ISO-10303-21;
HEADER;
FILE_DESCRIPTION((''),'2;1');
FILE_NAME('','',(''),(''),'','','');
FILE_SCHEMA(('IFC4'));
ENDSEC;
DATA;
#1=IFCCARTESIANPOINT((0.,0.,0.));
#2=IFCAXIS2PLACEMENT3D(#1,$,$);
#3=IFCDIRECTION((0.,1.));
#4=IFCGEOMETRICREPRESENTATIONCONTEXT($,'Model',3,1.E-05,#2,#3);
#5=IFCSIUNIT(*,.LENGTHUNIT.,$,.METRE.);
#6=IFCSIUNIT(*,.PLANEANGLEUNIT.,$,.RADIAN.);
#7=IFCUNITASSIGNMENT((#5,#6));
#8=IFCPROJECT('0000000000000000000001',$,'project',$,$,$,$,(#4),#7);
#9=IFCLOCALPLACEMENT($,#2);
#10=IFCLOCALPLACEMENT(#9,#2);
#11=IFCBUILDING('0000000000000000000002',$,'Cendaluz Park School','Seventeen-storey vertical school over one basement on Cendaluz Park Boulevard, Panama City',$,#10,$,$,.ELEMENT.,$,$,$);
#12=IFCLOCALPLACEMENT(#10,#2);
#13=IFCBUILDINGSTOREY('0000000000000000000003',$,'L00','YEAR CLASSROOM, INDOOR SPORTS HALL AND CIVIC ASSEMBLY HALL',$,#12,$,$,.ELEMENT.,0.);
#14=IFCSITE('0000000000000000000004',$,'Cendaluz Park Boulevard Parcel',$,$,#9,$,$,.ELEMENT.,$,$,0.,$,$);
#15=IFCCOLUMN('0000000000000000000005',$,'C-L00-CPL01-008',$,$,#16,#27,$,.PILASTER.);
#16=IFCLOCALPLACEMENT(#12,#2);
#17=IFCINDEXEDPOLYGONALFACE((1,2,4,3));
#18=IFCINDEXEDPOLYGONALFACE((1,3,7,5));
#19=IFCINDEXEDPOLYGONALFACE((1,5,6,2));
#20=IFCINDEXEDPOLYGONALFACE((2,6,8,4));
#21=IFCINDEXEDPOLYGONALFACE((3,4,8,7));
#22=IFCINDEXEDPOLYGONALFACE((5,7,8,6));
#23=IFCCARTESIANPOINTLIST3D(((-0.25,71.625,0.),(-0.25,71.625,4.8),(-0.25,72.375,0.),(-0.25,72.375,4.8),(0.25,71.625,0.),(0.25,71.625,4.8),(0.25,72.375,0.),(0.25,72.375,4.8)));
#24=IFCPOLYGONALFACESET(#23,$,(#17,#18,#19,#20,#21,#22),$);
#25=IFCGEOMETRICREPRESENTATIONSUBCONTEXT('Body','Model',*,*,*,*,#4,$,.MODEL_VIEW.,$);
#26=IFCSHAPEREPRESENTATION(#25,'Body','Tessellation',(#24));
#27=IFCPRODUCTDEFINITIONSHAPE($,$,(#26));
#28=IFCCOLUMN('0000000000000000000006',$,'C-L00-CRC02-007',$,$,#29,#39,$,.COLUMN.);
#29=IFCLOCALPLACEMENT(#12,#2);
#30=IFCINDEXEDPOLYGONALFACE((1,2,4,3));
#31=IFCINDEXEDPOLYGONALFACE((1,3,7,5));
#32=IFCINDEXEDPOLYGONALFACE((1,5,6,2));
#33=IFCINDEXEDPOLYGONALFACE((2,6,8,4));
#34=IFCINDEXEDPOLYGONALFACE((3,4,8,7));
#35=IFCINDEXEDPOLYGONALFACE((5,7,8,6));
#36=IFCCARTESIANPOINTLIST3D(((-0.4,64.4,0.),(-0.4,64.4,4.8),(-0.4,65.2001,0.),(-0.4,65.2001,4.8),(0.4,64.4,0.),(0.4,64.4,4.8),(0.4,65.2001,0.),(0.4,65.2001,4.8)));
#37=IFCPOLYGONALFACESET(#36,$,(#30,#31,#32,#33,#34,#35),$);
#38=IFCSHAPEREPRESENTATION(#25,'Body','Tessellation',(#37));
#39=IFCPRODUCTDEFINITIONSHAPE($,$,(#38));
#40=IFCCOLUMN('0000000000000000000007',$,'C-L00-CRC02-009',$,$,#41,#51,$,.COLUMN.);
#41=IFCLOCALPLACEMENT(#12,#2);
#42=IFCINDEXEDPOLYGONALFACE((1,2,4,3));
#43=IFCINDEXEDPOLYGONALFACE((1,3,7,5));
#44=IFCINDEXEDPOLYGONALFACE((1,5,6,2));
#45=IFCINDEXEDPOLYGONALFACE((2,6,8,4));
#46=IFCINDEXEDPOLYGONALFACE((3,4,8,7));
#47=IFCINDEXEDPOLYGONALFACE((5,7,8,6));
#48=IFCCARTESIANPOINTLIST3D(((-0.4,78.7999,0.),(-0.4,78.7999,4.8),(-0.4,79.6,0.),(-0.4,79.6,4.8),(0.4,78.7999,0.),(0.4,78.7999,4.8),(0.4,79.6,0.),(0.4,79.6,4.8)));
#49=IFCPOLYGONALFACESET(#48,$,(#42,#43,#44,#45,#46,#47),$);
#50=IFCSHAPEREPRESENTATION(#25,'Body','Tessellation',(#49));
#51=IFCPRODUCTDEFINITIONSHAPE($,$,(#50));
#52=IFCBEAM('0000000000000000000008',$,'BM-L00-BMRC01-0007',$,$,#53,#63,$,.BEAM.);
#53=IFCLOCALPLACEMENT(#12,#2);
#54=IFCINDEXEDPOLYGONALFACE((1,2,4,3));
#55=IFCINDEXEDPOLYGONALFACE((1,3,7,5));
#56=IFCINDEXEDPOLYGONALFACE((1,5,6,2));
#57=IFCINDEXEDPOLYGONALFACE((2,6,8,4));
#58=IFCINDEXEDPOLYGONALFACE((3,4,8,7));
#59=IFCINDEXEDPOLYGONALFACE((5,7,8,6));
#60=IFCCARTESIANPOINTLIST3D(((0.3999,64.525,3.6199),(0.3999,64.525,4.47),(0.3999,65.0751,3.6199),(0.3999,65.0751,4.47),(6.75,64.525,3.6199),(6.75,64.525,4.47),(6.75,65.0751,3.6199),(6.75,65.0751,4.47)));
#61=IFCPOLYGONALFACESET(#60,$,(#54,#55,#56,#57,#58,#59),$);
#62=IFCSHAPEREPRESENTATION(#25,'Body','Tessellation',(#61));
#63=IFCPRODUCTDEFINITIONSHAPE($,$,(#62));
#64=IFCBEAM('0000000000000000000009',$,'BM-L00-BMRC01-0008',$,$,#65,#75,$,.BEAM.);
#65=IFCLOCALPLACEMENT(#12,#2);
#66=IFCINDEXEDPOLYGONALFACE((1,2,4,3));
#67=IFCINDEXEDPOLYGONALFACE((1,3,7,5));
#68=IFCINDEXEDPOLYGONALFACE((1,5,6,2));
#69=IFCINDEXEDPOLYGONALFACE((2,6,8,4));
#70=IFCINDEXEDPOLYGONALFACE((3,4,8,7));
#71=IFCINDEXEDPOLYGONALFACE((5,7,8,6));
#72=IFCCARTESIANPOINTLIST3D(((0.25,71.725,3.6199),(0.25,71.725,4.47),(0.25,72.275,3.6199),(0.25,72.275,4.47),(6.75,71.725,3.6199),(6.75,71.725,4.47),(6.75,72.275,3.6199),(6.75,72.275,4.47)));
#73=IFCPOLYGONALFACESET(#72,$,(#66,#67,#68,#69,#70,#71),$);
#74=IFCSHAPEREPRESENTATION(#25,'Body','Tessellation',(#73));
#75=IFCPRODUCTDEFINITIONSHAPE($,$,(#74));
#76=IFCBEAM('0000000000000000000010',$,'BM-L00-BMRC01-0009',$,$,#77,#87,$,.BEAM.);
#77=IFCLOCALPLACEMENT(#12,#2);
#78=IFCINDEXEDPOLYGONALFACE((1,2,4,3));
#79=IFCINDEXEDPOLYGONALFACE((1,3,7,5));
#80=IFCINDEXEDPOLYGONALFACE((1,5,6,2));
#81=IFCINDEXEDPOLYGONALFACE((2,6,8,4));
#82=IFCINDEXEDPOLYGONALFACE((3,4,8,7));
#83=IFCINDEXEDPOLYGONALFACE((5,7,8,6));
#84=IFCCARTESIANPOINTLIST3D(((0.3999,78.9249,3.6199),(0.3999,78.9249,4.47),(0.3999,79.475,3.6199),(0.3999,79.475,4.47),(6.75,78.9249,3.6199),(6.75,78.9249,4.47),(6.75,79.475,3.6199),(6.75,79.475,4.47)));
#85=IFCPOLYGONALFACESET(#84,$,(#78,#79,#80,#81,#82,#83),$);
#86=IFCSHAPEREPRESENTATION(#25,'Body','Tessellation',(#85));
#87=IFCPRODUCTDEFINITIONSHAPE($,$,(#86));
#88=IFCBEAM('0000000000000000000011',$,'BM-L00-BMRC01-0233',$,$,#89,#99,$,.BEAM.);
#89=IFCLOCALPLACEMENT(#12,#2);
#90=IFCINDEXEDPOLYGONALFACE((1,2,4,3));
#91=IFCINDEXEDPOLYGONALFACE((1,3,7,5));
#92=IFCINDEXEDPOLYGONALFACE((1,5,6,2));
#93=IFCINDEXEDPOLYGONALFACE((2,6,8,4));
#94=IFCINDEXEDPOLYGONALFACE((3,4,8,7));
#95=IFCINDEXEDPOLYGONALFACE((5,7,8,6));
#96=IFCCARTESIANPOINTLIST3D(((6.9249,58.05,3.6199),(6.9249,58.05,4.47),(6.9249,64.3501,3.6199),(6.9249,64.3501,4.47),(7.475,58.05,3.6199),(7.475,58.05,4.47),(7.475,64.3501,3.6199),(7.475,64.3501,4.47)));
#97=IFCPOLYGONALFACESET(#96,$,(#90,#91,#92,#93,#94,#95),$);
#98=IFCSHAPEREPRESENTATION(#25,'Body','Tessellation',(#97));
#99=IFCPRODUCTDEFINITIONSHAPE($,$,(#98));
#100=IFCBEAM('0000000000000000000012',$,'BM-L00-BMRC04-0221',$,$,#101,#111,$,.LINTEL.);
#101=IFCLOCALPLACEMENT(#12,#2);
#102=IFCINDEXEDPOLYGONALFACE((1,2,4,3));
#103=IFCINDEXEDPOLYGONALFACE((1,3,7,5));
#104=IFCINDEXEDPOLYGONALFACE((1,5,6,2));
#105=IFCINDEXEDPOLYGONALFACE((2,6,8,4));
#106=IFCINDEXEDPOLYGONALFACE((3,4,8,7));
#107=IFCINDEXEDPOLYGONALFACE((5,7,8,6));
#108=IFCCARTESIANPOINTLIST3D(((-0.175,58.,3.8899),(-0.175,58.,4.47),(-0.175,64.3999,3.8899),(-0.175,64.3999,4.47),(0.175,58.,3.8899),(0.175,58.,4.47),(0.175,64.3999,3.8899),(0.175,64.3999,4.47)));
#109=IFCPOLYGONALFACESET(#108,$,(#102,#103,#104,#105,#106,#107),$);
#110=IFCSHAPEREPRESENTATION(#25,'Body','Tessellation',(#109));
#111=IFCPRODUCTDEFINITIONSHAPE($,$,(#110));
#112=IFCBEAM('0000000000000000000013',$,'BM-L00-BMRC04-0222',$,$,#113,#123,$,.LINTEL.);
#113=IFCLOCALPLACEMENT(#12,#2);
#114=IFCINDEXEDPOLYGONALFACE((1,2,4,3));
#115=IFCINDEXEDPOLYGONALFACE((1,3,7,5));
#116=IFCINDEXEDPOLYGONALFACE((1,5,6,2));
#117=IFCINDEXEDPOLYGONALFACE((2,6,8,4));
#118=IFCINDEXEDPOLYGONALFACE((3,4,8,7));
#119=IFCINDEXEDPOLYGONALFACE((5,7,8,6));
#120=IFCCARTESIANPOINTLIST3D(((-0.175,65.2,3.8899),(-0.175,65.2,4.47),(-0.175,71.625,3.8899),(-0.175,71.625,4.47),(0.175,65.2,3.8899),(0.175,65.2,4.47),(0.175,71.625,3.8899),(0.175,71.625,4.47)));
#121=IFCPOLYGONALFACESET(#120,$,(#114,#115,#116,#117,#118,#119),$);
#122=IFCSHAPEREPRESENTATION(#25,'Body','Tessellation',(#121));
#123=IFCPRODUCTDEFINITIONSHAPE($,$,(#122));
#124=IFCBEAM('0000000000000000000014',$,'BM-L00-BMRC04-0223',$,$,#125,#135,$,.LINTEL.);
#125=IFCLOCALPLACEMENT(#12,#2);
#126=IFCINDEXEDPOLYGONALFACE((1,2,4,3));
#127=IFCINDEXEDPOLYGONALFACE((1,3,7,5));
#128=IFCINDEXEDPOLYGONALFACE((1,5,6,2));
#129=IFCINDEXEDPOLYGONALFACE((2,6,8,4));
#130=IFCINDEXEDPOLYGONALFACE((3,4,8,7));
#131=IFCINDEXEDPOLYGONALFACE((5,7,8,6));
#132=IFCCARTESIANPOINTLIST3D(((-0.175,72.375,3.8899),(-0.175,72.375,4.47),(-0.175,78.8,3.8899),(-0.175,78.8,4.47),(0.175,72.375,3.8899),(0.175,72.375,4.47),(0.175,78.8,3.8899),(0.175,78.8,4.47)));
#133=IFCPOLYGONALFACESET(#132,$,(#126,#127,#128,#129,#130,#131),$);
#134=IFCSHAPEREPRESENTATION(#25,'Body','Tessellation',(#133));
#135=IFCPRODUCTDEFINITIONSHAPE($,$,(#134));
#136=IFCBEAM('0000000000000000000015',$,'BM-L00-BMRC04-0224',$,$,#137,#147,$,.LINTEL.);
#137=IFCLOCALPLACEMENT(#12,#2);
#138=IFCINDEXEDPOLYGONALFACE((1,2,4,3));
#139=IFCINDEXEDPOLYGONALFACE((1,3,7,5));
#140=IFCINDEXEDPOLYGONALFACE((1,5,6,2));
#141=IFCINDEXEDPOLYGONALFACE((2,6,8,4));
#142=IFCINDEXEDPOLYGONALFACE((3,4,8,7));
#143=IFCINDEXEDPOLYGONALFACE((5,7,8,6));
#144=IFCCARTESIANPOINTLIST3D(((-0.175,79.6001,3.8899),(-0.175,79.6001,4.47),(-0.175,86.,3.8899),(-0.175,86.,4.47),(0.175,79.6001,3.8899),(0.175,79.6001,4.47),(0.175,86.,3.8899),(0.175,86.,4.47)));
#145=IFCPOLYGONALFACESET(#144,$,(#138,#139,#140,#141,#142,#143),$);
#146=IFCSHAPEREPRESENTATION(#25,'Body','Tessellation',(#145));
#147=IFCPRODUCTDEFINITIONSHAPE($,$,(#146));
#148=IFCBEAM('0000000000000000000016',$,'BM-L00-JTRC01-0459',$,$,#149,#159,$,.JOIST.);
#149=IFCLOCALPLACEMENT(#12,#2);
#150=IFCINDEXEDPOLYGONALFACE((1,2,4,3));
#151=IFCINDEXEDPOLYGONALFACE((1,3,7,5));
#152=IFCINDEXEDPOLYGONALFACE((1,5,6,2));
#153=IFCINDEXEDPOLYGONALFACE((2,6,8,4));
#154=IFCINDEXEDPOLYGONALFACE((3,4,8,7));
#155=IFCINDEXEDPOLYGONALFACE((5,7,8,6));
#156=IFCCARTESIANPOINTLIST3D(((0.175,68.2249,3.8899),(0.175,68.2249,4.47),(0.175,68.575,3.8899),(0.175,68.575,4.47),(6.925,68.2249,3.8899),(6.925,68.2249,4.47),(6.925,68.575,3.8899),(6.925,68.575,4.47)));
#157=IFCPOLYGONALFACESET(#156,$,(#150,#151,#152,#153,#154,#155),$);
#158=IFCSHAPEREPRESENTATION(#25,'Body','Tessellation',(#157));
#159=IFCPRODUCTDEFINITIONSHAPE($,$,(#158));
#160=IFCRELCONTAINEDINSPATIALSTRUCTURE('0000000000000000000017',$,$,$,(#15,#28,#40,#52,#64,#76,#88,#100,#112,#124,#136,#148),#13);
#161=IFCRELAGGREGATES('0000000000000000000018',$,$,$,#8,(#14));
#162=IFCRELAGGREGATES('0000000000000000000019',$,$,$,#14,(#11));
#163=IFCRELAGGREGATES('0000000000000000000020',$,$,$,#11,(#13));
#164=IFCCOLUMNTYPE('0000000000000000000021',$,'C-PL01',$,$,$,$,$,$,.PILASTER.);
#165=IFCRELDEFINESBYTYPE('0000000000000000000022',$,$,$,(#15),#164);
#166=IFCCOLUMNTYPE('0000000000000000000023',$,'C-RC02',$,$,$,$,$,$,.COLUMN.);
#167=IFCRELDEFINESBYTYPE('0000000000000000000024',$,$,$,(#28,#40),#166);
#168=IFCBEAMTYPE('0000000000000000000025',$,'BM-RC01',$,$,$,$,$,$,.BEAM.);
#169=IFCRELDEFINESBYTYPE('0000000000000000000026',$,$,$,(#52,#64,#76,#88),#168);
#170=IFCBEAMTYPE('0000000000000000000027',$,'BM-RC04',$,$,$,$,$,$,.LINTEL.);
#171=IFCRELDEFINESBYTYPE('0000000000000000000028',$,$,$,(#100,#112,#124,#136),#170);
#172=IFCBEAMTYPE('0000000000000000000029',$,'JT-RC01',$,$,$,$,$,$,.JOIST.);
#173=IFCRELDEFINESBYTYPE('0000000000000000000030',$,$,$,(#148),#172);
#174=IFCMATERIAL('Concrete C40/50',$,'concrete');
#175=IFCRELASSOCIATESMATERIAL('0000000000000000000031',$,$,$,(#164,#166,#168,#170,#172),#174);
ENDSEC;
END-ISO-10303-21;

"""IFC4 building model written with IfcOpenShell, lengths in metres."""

from ifc_helpers import new_model, si_unit, direction, frame, origin, origin_2d, place, context, subcontext, project, spatial, rectangle, extrude, material, material_profile, profile_set, type_object, element, save


model = new_model("IFC4")

# Units and contexts
model_context = context("Model", 3, precision=1e-05, world=origin(), true_north=direction((0.0, 1.0)))
body_context = subcontext(model_context, "Body", "Model", "MODEL_VIEW")
ifc_project = project(units=[si_unit("LENGTHUNIT", "METRE"), si_unit("PLANEANGLEUNIT", "RADIAN")], contexts=[model_context])

# Site, building, storey
site_placement = place(None, origin())
site = spatial("IfcSite", under=ifc_project, at=site_placement, Name="Cendaluz Park Boulevard Parcel", CompositionType="ELEMENT", RefElevation=0.0)
building_placement = place(site_placement, origin())
building = spatial("IfcBuilding", under=site, at=building_placement, Name="Cendaluz Park School", Description="Seventeen-storey vertical school over one basement on Cendaluz Park Boulevard, Panama City", CompositionType="ELEMENT")
storey_placement = place(building_placement, origin())
storey = spatial("IfcBuildingStorey", under=building, at=storey_placement, Name="L00", Description="YEAR CLASSROOM, INDOOR SPORTS HALL AND CIVIC ASSEMBLY HALL", CompositionType="ELEMENT", Elevation=0.0)

# Columns
ifc_material_1 = material(Name="Concrete C40/50", Category="concrete")
ifc_material_profile_1 = material_profile(ifc_material_1, rectangle(XDim=0.5, YDim=0.75, at=origin_2d()), Name="RC 500x750", Category="concrete")
ifc_profile_set_1 = profile_set([ifc_material_profile_1], Name="Concrete C40/50")
column_type_1 = type_object("IfcColumnType", Name="C-PL01", PredefinedType="PILASTER", material=ifc_profile_set_1)
column_placement = place(storey_placement, frame((0.0, 72.0, 0.0), z_axis=(0.0, 0.0, 1.0), x_axis=(1.0, 0.0, 0.0)))
element("IfcColumn", 1, at=column_placement, inside=storey, type_object=column_type_1, Name="C-L00-CPL01-008", PredefinedType="PILASTER", context=body_context, shape_type="SweptSolid", body=[
    extrude(rectangle(XDim=0.5, YDim=0.75, at=origin_2d()), origin(), (0.0, 0.0, 1.0), 4.8),
])
ifc_material_profile_2 = material_profile(ifc_material_1, rectangle(XDim=0.8, YDim=0.8, at=origin_2d()), Name="RC 800x800", Category="concrete")
ifc_profile_set_2 = profile_set([ifc_material_profile_2], Name="Concrete C40/50")
column_type_2 = type_object("IfcColumnType", Name="C-RC02", PredefinedType="COLUMN", material=ifc_profile_set_2)
for number, where, z_axis, x_axis, name in (
    (2, (0.0, 64.8, 0.0), (0.0, 0.0, 1.0), (1.0, 0.0, 0.0), "C-L00-CRC02-007"),
    (3, (0.0, 79.2, 0.0), (0.0, 0.0, 1.0), (1.0, 0.0, 0.0), "C-L00-CRC02-009"),
):
    element("IfcColumn", number, at=place(storey_placement, frame(where, z_axis=z_axis, x_axis=x_axis)), inside=storey, type_object=column_type_2, Name=name, PredefinedType="COLUMN", context=body_context, shape_type="SweptSolid", body=[
        extrude(rectangle(XDim=0.8, YDim=0.8, at=origin_2d()), origin(), (0.0, 0.0, 1.0), 4.8),
    ])

# Beams
ifc_material_profile_3 = material_profile(ifc_material_1, rectangle(XDim=0.55, YDim=0.8501, at=origin_2d()), Name="RC 550x850", Category="concrete")
ifc_profile_set_3 = profile_set([ifc_material_profile_3], Name="Concrete C40/50")
beam_type_1 = type_object("IfcBeamType", Name="BM-RC01", PredefinedType="BEAM", material=ifc_profile_set_3)
beam_1_placement = place(storey_placement, frame((0.3999, 64.8, 4.0449), z_axis=(1.0, 0.0, 0.0), x_axis=(0.0, 1.0, 0.0)))
element("IfcBeam", 4, at=beam_1_placement, inside=storey, type_object=beam_type_1, Name="BM-L00-BMRC01-0007", PredefinedType="BEAM", context=body_context, shape_type="SweptSolid", body=[
    extrude(rectangle(XDim=0.55, YDim=0.8501, at=origin_2d()), origin(), (0.0, 0.0, 1.0), 6.3501),
])
beam_2_placement = place(storey_placement, frame((0.25, 72.0, 4.0449), z_axis=(1.0, 0.0, 0.0), x_axis=(0.0, 1.0, 0.0)))
element("IfcBeam", 5, at=beam_2_placement, inside=storey, type_object=beam_type_1, Name="BM-L00-BMRC01-0008", PredefinedType="BEAM", context=body_context, shape_type="SweptSolid", body=[
    extrude(rectangle(XDim=0.55, YDim=0.8501, at=origin_2d()), origin(), (0.0, 0.0, 1.0), 6.5),
])
beam_3_placement = place(storey_placement, frame((0.3999, 79.2, 4.0449), z_axis=(1.0, 0.0, 0.0), x_axis=(0.0, 1.0, 0.0)))
element("IfcBeam", 6, at=beam_3_placement, inside=storey, type_object=beam_type_1, Name="BM-L00-BMRC01-0009", PredefinedType="BEAM", context=body_context, shape_type="SweptSolid", body=[
    extrude(rectangle(XDim=0.55, YDim=0.8501, at=origin_2d()), origin(), (0.0, 0.0, 1.0), 6.3501),
])
beam_4_placement = place(storey_placement, frame((7.2, 58.05, 4.0449), z_axis=(0.0, 1.0, 0.0), x_axis=(-1.0, 0.0, 0.0)))
element("IfcBeam", 7, at=beam_4_placement, inside=storey, type_object=beam_type_1, Name="BM-L00-BMRC01-0233", PredefinedType="BEAM", context=body_context, shape_type="SweptSolid", body=[
    extrude(rectangle(XDim=0.55, YDim=0.8501, at=origin_2d()), origin(), (0.0, 0.0, 1.0), 6.3),
])
ifc_material_profile_4 = material_profile(ifc_material_1, rectangle(XDim=0.3501, YDim=0.5801, at=origin_2d()), Name="RC 350x580", Category="concrete")
ifc_profile_set_4 = profile_set([ifc_material_profile_4], Name="Concrete C40/50")
beam_type_2 = type_object("IfcBeamType", Name="BM-RC04", PredefinedType="LINTEL", material=ifc_profile_set_4)
beam_5_placement = place(storey_placement, frame((0.0, 58.0, 4.1799), z_axis=(0.0, 1.0, 0.0), x_axis=(-1.0, 0.0, 0.0)))
element("IfcBeam", 8, at=beam_5_placement, inside=storey, type_object=beam_type_2, Name="BM-L00-BMRC04-0221", PredefinedType="LINTEL", context=body_context, shape_type="SweptSolid", body=[
    extrude(rectangle(XDim=0.3501, YDim=0.5801, at=origin_2d()), origin(), (0.0, 0.0, 1.0), 6.3999),
])
for number, where, z_axis, x_axis, name in (
    (9, (0.0, 65.2, 4.1799), (0.0, 1.0, 0.0), (-1.0, 0.0, 0.0), "BM-L00-BMRC04-0222"),
    (10, (0.0, 72.375, 4.1799), (0.0, 1.0, 0.0), (-1.0, 0.0, 0.0), "BM-L00-BMRC04-0223"),
):
    element("IfcBeam", number, at=place(storey_placement, frame(where, z_axis=z_axis, x_axis=x_axis)), inside=storey, type_object=beam_type_2, Name=name, PredefinedType="LINTEL", context=body_context, shape_type="SweptSolid", body=[
        extrude(rectangle(XDim=0.3501, YDim=0.5801, at=origin_2d()), origin(), (0.0, 0.0, 1.0), 6.425),
    ])
beam_6_placement = place(storey_placement, frame((0.0, 79.6001, 4.1799), z_axis=(0.0, 1.0, 0.0), x_axis=(-1.0, 0.0, 0.0)))
element("IfcBeam", 11, at=beam_6_placement, inside=storey, type_object=beam_type_2, Name="BM-L00-BMRC04-0224", PredefinedType="LINTEL", context=body_context, shape_type="SweptSolid", body=[
    extrude(rectangle(XDim=0.3501, YDim=0.5801, at=origin_2d()), origin(), (0.0, 0.0, 1.0), 6.3999),
])
ifc_material_profile_5 = material_profile(ifc_material_1, rectangle(XDim=0.3501, YDim=0.5801, at=origin_2d()), Name="RC 350x580", Category="concrete")
ifc_profile_set_5 = profile_set([ifc_material_profile_5], Name="Concrete C40/50")
beam_type_3 = type_object("IfcBeamType", Name="JT-RC01", PredefinedType="JOIST", material=ifc_profile_set_5)
beam_7_placement = place(storey_placement, frame((0.175, 68.3999, 4.1799), z_axis=(1.0, 0.0, 0.0), x_axis=(0.0, 1.0, 0.0)))
element("IfcBeam", 12, at=beam_7_placement, inside=storey, type_object=beam_type_3, Name="BM-L00-JTRC01-0459", PredefinedType="JOIST", context=body_context, shape_type="SweptSolid", body=[
    extrude(rectangle(XDim=0.3501, YDim=0.5801, at=origin_2d()), origin(), (0.0, 0.0, 1.0), 6.75),
])

save(model, "model.ifc")
